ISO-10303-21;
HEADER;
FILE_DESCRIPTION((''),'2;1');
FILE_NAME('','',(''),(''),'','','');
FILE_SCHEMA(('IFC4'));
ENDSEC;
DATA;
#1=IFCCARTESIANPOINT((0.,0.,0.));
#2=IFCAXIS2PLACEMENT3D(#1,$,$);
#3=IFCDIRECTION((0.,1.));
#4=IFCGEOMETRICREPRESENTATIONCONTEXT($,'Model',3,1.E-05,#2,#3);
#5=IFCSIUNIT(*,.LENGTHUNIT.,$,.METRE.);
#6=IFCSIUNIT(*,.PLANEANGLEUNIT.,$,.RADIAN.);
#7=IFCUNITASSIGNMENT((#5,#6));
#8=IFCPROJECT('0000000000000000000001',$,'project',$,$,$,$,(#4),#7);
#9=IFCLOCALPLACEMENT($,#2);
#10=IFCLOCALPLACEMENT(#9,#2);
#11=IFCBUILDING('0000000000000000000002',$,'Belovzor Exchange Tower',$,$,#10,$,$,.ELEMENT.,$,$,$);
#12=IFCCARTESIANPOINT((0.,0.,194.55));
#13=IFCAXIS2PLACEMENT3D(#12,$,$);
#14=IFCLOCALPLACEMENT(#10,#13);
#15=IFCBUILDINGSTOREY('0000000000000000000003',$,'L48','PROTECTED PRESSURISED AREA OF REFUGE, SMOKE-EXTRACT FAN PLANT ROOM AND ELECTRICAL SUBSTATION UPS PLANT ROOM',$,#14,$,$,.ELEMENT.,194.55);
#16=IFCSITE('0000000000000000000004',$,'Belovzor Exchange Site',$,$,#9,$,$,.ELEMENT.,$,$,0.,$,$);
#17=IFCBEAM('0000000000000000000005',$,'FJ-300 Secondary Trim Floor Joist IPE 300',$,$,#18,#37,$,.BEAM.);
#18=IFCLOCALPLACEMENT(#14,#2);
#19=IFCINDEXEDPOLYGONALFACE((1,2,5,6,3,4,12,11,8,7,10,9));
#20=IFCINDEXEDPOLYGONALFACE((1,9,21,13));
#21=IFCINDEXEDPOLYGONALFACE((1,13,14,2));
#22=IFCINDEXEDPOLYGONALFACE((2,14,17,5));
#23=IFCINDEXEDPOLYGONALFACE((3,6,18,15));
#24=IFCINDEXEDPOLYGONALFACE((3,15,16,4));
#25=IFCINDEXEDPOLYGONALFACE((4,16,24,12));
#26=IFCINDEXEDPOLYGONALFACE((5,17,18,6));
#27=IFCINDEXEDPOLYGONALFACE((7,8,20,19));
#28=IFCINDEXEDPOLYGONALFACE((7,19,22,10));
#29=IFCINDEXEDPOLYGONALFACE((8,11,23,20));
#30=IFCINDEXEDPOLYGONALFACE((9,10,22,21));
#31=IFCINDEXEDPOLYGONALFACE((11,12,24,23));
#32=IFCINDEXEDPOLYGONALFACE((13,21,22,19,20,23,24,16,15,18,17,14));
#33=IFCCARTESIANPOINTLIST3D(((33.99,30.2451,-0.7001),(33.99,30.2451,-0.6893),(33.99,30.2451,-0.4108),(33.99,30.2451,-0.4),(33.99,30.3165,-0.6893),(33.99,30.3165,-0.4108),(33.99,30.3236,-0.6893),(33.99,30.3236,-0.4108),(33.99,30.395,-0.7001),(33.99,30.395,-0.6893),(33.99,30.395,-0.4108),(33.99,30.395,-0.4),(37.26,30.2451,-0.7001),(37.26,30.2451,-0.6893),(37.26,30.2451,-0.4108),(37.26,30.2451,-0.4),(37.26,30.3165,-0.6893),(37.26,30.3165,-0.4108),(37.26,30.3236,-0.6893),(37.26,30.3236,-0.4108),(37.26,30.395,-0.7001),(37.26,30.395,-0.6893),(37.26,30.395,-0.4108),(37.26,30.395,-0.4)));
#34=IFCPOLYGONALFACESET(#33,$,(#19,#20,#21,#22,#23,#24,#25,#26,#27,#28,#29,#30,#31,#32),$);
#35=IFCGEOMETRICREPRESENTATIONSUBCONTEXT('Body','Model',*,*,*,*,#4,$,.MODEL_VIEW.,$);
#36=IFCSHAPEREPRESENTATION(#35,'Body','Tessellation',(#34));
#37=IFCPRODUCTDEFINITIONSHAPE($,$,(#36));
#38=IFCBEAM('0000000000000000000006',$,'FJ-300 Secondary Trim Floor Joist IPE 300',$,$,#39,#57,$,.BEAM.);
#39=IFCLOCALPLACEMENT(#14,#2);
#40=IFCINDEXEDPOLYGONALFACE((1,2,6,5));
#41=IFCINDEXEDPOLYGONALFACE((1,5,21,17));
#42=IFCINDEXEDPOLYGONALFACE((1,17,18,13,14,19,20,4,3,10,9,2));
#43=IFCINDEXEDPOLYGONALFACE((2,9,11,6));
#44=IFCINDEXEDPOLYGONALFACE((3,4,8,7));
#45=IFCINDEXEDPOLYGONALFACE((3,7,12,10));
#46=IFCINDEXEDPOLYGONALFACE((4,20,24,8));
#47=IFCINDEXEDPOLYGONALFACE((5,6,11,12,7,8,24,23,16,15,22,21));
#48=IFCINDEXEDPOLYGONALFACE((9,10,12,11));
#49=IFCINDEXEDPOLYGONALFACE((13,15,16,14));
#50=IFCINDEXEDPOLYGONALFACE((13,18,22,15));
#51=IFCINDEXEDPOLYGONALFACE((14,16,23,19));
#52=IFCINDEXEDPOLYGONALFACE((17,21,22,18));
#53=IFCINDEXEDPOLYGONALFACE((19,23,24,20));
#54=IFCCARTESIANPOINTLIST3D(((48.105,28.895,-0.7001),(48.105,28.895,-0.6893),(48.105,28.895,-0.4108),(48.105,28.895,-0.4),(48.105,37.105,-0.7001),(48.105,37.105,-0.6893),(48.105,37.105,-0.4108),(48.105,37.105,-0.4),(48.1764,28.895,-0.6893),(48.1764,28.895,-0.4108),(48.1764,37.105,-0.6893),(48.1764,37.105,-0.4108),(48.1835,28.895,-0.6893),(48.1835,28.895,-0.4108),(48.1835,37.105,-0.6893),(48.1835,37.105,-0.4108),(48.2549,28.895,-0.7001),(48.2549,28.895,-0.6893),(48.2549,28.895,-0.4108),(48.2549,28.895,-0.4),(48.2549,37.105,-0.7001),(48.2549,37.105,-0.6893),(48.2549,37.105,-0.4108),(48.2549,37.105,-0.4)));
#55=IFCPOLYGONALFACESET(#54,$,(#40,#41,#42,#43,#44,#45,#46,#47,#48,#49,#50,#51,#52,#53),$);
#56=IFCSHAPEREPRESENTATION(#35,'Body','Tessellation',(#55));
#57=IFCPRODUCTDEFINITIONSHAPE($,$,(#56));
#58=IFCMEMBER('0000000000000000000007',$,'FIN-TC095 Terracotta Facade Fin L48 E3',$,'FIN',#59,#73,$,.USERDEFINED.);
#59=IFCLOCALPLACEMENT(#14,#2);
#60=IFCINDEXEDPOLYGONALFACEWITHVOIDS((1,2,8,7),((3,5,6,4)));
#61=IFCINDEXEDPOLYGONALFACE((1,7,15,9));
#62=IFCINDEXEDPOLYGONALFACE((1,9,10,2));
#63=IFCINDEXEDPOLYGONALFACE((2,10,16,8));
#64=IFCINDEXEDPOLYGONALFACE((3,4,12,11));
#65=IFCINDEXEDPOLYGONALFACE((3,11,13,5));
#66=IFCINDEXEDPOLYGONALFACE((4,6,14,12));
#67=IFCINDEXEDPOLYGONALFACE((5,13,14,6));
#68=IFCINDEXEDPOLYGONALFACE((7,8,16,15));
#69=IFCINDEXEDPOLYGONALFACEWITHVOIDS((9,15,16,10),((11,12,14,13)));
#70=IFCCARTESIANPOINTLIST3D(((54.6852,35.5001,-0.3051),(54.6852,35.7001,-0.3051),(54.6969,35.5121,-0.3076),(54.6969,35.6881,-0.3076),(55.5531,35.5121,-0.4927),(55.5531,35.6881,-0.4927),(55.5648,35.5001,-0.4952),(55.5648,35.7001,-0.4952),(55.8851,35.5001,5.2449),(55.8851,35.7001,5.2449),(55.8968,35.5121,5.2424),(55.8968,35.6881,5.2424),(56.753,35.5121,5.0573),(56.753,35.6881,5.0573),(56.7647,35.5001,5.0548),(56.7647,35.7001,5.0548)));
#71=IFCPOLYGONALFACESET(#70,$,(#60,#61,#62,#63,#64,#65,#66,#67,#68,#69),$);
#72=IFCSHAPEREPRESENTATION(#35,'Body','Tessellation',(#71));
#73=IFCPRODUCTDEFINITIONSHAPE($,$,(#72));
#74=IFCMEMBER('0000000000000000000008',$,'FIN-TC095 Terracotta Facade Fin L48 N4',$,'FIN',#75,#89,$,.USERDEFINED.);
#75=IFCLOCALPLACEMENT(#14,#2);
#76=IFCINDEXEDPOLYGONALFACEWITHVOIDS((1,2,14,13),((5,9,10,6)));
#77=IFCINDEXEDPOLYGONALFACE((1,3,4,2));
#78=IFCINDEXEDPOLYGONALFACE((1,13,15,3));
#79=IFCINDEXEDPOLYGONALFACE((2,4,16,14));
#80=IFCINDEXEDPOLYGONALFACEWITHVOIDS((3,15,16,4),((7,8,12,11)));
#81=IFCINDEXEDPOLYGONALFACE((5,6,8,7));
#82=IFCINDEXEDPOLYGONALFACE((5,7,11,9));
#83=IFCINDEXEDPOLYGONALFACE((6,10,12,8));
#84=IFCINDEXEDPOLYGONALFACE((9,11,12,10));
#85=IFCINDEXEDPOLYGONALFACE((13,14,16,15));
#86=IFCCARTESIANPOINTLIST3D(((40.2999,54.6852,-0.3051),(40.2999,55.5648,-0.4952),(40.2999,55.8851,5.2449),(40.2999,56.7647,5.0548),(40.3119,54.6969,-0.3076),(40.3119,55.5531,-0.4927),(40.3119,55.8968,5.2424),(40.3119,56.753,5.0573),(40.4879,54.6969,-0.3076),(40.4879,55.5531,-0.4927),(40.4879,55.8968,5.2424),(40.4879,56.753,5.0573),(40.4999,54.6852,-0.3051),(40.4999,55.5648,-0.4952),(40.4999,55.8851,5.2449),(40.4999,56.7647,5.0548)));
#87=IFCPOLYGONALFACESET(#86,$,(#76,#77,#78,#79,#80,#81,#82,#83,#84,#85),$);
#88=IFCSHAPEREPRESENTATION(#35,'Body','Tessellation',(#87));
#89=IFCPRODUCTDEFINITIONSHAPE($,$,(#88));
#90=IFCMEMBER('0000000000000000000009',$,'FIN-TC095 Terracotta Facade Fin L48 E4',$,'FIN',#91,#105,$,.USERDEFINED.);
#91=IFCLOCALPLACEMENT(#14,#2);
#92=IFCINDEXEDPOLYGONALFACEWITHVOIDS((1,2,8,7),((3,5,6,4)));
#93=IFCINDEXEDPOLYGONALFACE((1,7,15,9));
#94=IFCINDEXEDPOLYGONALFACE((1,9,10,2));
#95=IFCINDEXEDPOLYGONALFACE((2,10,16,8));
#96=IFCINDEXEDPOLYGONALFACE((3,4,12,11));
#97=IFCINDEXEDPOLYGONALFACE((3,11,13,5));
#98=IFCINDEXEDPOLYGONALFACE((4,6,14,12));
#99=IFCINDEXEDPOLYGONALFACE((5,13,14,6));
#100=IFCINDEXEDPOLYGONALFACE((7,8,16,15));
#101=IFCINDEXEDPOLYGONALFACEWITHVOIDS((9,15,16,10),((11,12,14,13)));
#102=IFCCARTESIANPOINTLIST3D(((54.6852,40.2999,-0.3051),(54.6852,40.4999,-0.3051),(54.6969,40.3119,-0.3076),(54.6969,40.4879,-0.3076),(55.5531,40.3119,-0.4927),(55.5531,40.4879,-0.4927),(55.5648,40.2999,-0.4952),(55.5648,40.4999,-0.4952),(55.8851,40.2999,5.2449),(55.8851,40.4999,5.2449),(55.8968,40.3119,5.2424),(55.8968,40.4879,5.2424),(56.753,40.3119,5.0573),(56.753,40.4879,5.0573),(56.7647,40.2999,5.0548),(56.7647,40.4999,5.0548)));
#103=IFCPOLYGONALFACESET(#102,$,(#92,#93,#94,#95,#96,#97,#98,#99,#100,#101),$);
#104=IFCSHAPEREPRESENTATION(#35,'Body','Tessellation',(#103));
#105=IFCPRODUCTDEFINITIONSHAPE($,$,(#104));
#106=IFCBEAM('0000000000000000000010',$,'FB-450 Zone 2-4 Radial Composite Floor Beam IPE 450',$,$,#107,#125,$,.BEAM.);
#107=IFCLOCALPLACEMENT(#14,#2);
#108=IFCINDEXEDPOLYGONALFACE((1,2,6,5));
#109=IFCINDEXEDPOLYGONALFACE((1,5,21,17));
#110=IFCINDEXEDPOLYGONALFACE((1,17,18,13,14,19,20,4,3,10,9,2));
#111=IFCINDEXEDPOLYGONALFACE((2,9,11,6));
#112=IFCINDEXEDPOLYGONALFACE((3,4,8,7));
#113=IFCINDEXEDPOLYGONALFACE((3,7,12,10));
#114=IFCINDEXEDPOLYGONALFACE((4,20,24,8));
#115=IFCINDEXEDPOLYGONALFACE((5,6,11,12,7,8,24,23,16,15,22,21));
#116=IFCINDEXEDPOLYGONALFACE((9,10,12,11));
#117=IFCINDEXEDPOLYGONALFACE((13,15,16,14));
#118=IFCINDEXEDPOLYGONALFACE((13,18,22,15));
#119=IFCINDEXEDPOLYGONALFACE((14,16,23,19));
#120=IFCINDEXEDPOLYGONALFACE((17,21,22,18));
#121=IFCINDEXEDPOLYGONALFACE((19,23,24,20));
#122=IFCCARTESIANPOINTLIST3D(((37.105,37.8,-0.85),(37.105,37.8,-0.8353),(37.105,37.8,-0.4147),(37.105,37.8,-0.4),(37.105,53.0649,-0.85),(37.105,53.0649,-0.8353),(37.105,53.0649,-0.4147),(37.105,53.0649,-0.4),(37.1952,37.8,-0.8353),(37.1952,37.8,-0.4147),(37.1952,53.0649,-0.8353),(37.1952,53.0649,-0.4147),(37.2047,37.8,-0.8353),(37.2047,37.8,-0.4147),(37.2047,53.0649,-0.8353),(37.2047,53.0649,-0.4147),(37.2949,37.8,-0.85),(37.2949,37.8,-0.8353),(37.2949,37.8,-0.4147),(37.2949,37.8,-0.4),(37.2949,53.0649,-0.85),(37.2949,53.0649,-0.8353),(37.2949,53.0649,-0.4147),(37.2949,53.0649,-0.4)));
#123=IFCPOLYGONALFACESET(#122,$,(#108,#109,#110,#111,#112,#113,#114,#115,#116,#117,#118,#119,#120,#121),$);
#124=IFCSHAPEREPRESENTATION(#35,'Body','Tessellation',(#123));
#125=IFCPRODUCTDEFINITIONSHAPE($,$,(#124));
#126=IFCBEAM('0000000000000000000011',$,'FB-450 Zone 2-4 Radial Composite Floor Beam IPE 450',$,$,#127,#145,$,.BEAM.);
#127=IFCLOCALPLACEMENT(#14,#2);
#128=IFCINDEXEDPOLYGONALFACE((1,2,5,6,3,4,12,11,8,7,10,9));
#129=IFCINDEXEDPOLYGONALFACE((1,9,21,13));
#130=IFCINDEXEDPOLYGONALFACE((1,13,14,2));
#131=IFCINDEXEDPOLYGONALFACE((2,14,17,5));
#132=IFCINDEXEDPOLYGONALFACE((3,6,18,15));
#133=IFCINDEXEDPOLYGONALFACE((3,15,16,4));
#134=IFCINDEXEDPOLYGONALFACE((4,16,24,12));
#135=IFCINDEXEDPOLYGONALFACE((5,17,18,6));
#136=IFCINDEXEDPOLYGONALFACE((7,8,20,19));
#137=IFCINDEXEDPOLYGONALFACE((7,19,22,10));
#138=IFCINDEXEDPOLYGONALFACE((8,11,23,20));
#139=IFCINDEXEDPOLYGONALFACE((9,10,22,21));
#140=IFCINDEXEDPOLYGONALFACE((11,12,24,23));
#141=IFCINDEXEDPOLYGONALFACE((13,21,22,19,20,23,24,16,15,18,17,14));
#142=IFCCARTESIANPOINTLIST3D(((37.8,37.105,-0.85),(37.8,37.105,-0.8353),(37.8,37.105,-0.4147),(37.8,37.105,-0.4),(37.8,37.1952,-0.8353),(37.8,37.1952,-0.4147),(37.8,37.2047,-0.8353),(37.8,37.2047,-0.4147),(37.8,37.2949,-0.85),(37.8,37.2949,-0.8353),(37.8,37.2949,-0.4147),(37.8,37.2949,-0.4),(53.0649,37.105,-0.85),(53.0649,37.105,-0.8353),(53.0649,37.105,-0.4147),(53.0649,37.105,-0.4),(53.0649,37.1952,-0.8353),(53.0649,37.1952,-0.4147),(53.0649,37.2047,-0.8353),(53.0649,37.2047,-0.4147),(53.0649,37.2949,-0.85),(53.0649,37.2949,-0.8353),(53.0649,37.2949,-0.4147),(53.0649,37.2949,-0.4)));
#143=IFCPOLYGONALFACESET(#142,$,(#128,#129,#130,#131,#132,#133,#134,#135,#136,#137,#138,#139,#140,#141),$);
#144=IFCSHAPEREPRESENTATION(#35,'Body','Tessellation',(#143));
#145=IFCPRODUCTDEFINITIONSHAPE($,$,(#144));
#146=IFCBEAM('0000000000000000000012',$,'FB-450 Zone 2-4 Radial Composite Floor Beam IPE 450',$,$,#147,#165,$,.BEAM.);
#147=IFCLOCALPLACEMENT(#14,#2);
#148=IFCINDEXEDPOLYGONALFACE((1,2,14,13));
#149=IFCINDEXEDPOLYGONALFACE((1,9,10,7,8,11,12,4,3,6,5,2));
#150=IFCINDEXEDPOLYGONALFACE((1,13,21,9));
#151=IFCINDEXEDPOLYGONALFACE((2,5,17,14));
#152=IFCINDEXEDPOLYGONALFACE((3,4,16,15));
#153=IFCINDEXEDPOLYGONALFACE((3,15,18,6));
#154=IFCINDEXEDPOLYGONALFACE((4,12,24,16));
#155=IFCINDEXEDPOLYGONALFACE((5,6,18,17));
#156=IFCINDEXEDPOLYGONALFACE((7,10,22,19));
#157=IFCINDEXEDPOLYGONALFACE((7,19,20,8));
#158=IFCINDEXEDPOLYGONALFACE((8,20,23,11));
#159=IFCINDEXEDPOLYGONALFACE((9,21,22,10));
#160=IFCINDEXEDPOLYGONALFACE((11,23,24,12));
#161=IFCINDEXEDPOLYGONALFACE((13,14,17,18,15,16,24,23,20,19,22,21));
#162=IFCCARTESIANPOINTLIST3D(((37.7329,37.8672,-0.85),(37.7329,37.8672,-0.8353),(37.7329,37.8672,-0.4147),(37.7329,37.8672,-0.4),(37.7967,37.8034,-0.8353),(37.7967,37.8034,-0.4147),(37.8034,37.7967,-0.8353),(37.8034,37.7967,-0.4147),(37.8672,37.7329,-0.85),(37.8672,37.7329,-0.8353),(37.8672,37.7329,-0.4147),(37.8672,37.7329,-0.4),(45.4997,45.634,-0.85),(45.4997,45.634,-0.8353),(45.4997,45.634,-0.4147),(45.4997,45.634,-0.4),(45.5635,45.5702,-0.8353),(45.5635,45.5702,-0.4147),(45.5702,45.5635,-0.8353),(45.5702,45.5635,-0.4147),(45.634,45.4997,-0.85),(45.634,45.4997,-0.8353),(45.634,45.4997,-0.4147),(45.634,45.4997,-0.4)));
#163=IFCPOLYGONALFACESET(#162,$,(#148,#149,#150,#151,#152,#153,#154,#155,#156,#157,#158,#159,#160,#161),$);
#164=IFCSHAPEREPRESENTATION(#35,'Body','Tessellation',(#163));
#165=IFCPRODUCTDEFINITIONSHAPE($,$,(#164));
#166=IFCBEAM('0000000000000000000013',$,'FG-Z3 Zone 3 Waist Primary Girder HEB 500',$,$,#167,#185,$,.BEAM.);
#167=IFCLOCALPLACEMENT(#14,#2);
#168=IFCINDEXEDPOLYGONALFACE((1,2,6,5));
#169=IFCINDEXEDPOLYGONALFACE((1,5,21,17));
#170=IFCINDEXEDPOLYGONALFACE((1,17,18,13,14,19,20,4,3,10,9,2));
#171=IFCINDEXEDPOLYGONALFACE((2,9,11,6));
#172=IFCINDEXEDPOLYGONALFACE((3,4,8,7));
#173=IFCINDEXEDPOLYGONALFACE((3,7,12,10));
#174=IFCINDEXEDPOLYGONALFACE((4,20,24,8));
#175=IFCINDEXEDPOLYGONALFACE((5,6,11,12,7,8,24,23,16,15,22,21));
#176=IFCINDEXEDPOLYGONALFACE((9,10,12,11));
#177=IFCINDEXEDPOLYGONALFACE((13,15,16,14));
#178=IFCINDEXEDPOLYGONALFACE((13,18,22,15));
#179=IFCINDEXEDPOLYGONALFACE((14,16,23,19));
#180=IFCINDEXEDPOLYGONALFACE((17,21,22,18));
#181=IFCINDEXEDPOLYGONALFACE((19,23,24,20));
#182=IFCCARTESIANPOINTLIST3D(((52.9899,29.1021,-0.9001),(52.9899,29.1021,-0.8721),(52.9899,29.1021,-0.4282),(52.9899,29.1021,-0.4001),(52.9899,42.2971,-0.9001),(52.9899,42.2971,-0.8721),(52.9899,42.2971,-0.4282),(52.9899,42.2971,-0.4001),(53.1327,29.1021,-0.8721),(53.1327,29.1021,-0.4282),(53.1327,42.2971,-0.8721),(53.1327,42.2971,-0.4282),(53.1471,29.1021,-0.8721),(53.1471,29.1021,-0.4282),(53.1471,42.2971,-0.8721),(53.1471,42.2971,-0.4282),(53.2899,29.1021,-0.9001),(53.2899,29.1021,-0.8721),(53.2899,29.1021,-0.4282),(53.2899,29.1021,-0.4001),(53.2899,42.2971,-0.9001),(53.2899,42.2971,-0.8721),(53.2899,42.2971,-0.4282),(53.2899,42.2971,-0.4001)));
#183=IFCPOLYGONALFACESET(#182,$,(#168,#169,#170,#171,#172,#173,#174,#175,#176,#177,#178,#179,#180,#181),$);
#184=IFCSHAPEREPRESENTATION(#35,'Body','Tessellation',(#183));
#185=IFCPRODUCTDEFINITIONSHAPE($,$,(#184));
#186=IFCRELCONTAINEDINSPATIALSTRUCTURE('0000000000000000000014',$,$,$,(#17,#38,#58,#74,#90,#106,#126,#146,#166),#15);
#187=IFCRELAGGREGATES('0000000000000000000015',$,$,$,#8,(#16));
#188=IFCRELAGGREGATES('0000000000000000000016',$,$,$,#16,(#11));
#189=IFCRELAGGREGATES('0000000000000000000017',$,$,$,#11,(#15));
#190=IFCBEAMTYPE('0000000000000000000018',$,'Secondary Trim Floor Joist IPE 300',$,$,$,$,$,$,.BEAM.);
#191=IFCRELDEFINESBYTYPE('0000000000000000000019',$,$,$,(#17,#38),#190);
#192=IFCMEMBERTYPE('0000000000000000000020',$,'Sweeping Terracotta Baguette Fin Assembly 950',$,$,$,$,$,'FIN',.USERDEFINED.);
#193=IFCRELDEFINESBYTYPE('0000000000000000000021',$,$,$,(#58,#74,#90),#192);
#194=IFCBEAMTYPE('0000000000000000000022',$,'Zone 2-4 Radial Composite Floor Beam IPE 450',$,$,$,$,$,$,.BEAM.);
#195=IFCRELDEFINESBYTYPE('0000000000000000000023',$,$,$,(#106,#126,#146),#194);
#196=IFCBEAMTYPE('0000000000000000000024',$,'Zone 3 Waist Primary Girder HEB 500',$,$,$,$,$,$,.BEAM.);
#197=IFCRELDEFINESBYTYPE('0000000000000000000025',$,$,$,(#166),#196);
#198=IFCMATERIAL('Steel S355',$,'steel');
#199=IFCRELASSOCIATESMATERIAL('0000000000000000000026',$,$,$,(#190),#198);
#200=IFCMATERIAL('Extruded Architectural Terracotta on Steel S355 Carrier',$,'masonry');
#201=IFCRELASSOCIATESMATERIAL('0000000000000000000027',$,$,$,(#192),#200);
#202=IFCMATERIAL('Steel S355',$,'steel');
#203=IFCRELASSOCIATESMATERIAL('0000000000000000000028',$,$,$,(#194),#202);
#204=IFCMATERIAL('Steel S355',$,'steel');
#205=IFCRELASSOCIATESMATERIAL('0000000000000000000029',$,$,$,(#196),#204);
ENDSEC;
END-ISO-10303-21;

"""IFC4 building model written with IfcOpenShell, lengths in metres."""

from ifc_helpers import new_model, si_unit, direction, frame, origin, origin_2d, place, context, subcontext, project, spatial, hollow_rectangle, i_section, extrude, material, material_profile, profile_set, type_object, element, save


model = new_model("IFC4")

# Units and contexts
model_context = context("Model", 3, precision=1e-05, world=origin(), true_north=direction((0.0, 1.0)))
body_context = subcontext(model_context, "Body", "Model", "MODEL_VIEW")
ifc_project = project(units=[si_unit("LENGTHUNIT", "METRE"), si_unit("PLANEANGLEUNIT", "RADIAN")], contexts=[model_context])

# Site, building, storey
site_placement = place(None, origin())
site = spatial("IfcSite", under=ifc_project, at=site_placement, Name="Belovzor Exchange Site", CompositionType="ELEMENT", RefElevation=0.0)
building_placement = place(site_placement, origin())
building = spatial("IfcBuilding", under=site, at=building_placement, Name="Belovzor Exchange Tower", CompositionType="ELEMENT")
storey_placement = place(building_placement, frame((0.0, 0.0, 194.55)))
storey = spatial("IfcBuildingStorey", under=building, at=storey_placement, Name="L48", Description="PROTECTED PRESSURISED AREA OF REFUGE, SMOKE-EXTRACT FAN PLANT ROOM AND ELECTRICAL SUBSTATION UPS PLANT ROOM", CompositionType="ELEMENT", Elevation=194.55)

# Beams
ifc_material_1 = material(Name="Steel S355", Category="steel")
ifc_material_profile_1 = material_profile(ifc_material_1, i_section(OverallWidth=0.1499, OverallDepth=0.3, WebThickness=0.0071, FlangeThickness=0.0107, at=origin_2d()))
ifc_profile_set_1 = profile_set([ifc_material_profile_1], Name="Steel S355")
beam_type_1 = type_object("IfcBeamType", Name="Secondary Trim Floor Joist IPE 300", PredefinedType="BEAM", material=ifc_profile_set_1)
beam_1_placement = place(storey_placement, frame((37.26, 30.3201, -0.55), z_axis=(-1.0, 0.0, 0.0), x_axis=(0.0, -1.0, 0.0)))
element("IfcBeam", 1, at=beam_1_placement, inside=storey, type_object=beam_type_1, Name="FJ-300 Secondary Trim Floor Joist IPE 300", PredefinedType="BEAM", context=body_context, shape_type="SweptSolid", body=[
    extrude(i_section(OverallWidth=0.1499, OverallDepth=0.3, WebThickness=0.0071, FlangeThickness=0.0107, at=origin_2d()), origin(), (0.0, 0.0, 1.0), 3.27),
])
beam_2_placement = place(storey_placement, frame((48.1799, 28.895, -0.55), z_axis=(0.0, 1.0, 0.0), x_axis=(-1.0, 0.0, 0.0)))
element("IfcBeam", 2, at=beam_2_placement, inside=storey, type_object=beam_type_1, Name="FJ-300 Secondary Trim Floor Joist IPE 300", PredefinedType="BEAM", context=body_context, shape_type="SweptSolid", body=[
    extrude(i_section(OverallWidth=0.1499, OverallDepth=0.3, WebThickness=0.0071, FlangeThickness=0.0107, at=origin_2d()), origin(), (0.0, 0.0, 1.0), 8.21),
])

# Members
ifc_material_2 = material(Name="Extruded Architectural Terracotta on Steel S355 Carrier", Category="masonry")
ifc_material_profile_2 = material_profile(ifc_material_2, hollow_rectangle(XDim=0.2, YDim=0.8999, WallThickness=0.012, at=origin_2d()))
ifc_profile_set_2 = profile_set([ifc_material_profile_2], Name="Extruded Architectural Terracotta on Steel S355 Carrier")
member_type_1 = type_object("IfcMemberType", Name="Sweeping Terracotta Baguette Fin Assembly 950", ElementType="FIN", PredefinedType="USERDEFINED", material=ifc_profile_set_2)
for number, where, z_axis, x_axis, name in (
    (3, (55.125, 35.6001, -0.4001), (0.211323, 0.0, 0.977416), (0.0, 1.0, 0.0), "FIN-TC095 Terracotta Facade Fin L48 E3"),
    (4, (40.3999, 55.125, -0.4001), (0.0, 0.211323, 0.977416), (-1.0, 0.0, 0.0), "FIN-TC095 Terracotta Facade Fin L48 N4"),
    (5, (55.125, 40.3999, -0.4001), (0.211323, 0.0, 0.977416), (0.0, 1.0, 0.0), "FIN-TC095 Terracotta Facade Fin L48 E4"),
):
    element("IfcMember", number, at=place(storey_placement, frame(where, z_axis=z_axis, x_axis=x_axis)), inside=storey, type_object=member_type_1, Name=name, ObjectType="FIN", PredefinedType="USERDEFINED", context=body_context, shape_type="SweptSolid", body=[
        extrude(hollow_rectangle(XDim=0.2, YDim=0.8999, WallThickness=0.012, at=origin_2d()), origin(), (0.0, 0.0, 1.0), 5.6782),
    ])

# Beams
ifc_material_3 = material(Name="Steel S355", Category="steel")
ifc_material_profile_3 = material_profile(ifc_material_3, i_section(OverallWidth=0.1899, OverallDepth=0.45, WebThickness=0.0095, FlangeThickness=0.0146, at=origin_2d()))
ifc_profile_set_3 = profile_set([ifc_material_profile_3], Name="Steel S355")
beam_type_2 = type_object("IfcBeamType", Name="Zone 2-4 Radial Composite Floor Beam IPE 450", PredefinedType="BEAM", material=ifc_profile_set_3)
for number, where, z_axis, x_axis, name in (
    (6, (37.2, 37.8, -0.625), (0.0, 1.0, 0.0), (-1.0, 0.0, 0.0), "FB-450 Zone 2-4 Radial Composite Floor Beam IPE 450"),
    (7, (37.8, 37.2, -0.625), (1.0, 0.0, 0.0), (0.0, 1.0, 0.0), "FB-450 Zone 2-4 Radial Composite Floor Beam IPE 450"),
):
    element("IfcBeam", number, at=place(storey_placement, frame(where, z_axis=z_axis, x_axis=x_axis)), inside=storey, type_object=beam_type_2, Name=name, PredefinedType="BEAM", context=body_context, shape_type="SweptSolid", body=[
        extrude(i_section(OverallWidth=0.1899, OverallDepth=0.45, WebThickness=0.0095, FlangeThickness=0.0146, at=origin_2d()), origin(), (0.0, 0.0, 1.0), 15.2649),
    ])
beam_3_placement = place(storey_placement, frame((37.8, 37.8, -0.625), z_axis=(0.707107, 0.707107, 0.0), x_axis=(-0.707107, 0.707107, 0.0)))
element("IfcBeam", 8, at=beam_3_placement, inside=storey, type_object=beam_type_2, Name="FB-450 Zone 2-4 Radial Composite Floor Beam IPE 450", PredefinedType="BEAM", context=body_context, shape_type="SweptSolid", body=[
    extrude(i_section(OverallWidth=0.1899, OverallDepth=0.45, WebThickness=0.0095, FlangeThickness=0.0146, at=origin_2d()), origin(), (0.0, 0.0, 1.0), 10.9839),
])
ifc_material_4 = material(Name="Steel S355", Category="steel")
ifc_material_profile_4 = material_profile(ifc_material_4, i_section(OverallWidth=0.3, OverallDepth=0.5, WebThickness=0.0144, FlangeThickness=0.0281, at=origin_2d()))
ifc_profile_set_4 = profile_set([ifc_material_profile_4], Name="Steel S355")
beam_type_3 = type_object("IfcBeamType", Name="Zone 3 Waist Primary Girder HEB 500", PredefinedType="BEAM", material=ifc_profile_set_4)
beam_4_placement = place(storey_placement, frame((53.1399, 29.1021, -0.6501), z_axis=(0.0, 1.0, 0.0), x_axis=(-1.0, 0.0, 0.0)))
element("IfcBeam", 9, at=beam_4_placement, inside=storey, type_object=beam_type_3, Name="FG-Z3 Zone 3 Waist Primary Girder HEB 500", PredefinedType="BEAM", context=body_context, shape_type="SweptSolid", body=[
    extrude(i_section(OverallWidth=0.3, OverallDepth=0.5, WebThickness=0.0144, FlangeThickness=0.0281, at=origin_2d()), origin(), (0.0, 0.0, 1.0), 13.1951),
])

save(model, "model.ifc")
